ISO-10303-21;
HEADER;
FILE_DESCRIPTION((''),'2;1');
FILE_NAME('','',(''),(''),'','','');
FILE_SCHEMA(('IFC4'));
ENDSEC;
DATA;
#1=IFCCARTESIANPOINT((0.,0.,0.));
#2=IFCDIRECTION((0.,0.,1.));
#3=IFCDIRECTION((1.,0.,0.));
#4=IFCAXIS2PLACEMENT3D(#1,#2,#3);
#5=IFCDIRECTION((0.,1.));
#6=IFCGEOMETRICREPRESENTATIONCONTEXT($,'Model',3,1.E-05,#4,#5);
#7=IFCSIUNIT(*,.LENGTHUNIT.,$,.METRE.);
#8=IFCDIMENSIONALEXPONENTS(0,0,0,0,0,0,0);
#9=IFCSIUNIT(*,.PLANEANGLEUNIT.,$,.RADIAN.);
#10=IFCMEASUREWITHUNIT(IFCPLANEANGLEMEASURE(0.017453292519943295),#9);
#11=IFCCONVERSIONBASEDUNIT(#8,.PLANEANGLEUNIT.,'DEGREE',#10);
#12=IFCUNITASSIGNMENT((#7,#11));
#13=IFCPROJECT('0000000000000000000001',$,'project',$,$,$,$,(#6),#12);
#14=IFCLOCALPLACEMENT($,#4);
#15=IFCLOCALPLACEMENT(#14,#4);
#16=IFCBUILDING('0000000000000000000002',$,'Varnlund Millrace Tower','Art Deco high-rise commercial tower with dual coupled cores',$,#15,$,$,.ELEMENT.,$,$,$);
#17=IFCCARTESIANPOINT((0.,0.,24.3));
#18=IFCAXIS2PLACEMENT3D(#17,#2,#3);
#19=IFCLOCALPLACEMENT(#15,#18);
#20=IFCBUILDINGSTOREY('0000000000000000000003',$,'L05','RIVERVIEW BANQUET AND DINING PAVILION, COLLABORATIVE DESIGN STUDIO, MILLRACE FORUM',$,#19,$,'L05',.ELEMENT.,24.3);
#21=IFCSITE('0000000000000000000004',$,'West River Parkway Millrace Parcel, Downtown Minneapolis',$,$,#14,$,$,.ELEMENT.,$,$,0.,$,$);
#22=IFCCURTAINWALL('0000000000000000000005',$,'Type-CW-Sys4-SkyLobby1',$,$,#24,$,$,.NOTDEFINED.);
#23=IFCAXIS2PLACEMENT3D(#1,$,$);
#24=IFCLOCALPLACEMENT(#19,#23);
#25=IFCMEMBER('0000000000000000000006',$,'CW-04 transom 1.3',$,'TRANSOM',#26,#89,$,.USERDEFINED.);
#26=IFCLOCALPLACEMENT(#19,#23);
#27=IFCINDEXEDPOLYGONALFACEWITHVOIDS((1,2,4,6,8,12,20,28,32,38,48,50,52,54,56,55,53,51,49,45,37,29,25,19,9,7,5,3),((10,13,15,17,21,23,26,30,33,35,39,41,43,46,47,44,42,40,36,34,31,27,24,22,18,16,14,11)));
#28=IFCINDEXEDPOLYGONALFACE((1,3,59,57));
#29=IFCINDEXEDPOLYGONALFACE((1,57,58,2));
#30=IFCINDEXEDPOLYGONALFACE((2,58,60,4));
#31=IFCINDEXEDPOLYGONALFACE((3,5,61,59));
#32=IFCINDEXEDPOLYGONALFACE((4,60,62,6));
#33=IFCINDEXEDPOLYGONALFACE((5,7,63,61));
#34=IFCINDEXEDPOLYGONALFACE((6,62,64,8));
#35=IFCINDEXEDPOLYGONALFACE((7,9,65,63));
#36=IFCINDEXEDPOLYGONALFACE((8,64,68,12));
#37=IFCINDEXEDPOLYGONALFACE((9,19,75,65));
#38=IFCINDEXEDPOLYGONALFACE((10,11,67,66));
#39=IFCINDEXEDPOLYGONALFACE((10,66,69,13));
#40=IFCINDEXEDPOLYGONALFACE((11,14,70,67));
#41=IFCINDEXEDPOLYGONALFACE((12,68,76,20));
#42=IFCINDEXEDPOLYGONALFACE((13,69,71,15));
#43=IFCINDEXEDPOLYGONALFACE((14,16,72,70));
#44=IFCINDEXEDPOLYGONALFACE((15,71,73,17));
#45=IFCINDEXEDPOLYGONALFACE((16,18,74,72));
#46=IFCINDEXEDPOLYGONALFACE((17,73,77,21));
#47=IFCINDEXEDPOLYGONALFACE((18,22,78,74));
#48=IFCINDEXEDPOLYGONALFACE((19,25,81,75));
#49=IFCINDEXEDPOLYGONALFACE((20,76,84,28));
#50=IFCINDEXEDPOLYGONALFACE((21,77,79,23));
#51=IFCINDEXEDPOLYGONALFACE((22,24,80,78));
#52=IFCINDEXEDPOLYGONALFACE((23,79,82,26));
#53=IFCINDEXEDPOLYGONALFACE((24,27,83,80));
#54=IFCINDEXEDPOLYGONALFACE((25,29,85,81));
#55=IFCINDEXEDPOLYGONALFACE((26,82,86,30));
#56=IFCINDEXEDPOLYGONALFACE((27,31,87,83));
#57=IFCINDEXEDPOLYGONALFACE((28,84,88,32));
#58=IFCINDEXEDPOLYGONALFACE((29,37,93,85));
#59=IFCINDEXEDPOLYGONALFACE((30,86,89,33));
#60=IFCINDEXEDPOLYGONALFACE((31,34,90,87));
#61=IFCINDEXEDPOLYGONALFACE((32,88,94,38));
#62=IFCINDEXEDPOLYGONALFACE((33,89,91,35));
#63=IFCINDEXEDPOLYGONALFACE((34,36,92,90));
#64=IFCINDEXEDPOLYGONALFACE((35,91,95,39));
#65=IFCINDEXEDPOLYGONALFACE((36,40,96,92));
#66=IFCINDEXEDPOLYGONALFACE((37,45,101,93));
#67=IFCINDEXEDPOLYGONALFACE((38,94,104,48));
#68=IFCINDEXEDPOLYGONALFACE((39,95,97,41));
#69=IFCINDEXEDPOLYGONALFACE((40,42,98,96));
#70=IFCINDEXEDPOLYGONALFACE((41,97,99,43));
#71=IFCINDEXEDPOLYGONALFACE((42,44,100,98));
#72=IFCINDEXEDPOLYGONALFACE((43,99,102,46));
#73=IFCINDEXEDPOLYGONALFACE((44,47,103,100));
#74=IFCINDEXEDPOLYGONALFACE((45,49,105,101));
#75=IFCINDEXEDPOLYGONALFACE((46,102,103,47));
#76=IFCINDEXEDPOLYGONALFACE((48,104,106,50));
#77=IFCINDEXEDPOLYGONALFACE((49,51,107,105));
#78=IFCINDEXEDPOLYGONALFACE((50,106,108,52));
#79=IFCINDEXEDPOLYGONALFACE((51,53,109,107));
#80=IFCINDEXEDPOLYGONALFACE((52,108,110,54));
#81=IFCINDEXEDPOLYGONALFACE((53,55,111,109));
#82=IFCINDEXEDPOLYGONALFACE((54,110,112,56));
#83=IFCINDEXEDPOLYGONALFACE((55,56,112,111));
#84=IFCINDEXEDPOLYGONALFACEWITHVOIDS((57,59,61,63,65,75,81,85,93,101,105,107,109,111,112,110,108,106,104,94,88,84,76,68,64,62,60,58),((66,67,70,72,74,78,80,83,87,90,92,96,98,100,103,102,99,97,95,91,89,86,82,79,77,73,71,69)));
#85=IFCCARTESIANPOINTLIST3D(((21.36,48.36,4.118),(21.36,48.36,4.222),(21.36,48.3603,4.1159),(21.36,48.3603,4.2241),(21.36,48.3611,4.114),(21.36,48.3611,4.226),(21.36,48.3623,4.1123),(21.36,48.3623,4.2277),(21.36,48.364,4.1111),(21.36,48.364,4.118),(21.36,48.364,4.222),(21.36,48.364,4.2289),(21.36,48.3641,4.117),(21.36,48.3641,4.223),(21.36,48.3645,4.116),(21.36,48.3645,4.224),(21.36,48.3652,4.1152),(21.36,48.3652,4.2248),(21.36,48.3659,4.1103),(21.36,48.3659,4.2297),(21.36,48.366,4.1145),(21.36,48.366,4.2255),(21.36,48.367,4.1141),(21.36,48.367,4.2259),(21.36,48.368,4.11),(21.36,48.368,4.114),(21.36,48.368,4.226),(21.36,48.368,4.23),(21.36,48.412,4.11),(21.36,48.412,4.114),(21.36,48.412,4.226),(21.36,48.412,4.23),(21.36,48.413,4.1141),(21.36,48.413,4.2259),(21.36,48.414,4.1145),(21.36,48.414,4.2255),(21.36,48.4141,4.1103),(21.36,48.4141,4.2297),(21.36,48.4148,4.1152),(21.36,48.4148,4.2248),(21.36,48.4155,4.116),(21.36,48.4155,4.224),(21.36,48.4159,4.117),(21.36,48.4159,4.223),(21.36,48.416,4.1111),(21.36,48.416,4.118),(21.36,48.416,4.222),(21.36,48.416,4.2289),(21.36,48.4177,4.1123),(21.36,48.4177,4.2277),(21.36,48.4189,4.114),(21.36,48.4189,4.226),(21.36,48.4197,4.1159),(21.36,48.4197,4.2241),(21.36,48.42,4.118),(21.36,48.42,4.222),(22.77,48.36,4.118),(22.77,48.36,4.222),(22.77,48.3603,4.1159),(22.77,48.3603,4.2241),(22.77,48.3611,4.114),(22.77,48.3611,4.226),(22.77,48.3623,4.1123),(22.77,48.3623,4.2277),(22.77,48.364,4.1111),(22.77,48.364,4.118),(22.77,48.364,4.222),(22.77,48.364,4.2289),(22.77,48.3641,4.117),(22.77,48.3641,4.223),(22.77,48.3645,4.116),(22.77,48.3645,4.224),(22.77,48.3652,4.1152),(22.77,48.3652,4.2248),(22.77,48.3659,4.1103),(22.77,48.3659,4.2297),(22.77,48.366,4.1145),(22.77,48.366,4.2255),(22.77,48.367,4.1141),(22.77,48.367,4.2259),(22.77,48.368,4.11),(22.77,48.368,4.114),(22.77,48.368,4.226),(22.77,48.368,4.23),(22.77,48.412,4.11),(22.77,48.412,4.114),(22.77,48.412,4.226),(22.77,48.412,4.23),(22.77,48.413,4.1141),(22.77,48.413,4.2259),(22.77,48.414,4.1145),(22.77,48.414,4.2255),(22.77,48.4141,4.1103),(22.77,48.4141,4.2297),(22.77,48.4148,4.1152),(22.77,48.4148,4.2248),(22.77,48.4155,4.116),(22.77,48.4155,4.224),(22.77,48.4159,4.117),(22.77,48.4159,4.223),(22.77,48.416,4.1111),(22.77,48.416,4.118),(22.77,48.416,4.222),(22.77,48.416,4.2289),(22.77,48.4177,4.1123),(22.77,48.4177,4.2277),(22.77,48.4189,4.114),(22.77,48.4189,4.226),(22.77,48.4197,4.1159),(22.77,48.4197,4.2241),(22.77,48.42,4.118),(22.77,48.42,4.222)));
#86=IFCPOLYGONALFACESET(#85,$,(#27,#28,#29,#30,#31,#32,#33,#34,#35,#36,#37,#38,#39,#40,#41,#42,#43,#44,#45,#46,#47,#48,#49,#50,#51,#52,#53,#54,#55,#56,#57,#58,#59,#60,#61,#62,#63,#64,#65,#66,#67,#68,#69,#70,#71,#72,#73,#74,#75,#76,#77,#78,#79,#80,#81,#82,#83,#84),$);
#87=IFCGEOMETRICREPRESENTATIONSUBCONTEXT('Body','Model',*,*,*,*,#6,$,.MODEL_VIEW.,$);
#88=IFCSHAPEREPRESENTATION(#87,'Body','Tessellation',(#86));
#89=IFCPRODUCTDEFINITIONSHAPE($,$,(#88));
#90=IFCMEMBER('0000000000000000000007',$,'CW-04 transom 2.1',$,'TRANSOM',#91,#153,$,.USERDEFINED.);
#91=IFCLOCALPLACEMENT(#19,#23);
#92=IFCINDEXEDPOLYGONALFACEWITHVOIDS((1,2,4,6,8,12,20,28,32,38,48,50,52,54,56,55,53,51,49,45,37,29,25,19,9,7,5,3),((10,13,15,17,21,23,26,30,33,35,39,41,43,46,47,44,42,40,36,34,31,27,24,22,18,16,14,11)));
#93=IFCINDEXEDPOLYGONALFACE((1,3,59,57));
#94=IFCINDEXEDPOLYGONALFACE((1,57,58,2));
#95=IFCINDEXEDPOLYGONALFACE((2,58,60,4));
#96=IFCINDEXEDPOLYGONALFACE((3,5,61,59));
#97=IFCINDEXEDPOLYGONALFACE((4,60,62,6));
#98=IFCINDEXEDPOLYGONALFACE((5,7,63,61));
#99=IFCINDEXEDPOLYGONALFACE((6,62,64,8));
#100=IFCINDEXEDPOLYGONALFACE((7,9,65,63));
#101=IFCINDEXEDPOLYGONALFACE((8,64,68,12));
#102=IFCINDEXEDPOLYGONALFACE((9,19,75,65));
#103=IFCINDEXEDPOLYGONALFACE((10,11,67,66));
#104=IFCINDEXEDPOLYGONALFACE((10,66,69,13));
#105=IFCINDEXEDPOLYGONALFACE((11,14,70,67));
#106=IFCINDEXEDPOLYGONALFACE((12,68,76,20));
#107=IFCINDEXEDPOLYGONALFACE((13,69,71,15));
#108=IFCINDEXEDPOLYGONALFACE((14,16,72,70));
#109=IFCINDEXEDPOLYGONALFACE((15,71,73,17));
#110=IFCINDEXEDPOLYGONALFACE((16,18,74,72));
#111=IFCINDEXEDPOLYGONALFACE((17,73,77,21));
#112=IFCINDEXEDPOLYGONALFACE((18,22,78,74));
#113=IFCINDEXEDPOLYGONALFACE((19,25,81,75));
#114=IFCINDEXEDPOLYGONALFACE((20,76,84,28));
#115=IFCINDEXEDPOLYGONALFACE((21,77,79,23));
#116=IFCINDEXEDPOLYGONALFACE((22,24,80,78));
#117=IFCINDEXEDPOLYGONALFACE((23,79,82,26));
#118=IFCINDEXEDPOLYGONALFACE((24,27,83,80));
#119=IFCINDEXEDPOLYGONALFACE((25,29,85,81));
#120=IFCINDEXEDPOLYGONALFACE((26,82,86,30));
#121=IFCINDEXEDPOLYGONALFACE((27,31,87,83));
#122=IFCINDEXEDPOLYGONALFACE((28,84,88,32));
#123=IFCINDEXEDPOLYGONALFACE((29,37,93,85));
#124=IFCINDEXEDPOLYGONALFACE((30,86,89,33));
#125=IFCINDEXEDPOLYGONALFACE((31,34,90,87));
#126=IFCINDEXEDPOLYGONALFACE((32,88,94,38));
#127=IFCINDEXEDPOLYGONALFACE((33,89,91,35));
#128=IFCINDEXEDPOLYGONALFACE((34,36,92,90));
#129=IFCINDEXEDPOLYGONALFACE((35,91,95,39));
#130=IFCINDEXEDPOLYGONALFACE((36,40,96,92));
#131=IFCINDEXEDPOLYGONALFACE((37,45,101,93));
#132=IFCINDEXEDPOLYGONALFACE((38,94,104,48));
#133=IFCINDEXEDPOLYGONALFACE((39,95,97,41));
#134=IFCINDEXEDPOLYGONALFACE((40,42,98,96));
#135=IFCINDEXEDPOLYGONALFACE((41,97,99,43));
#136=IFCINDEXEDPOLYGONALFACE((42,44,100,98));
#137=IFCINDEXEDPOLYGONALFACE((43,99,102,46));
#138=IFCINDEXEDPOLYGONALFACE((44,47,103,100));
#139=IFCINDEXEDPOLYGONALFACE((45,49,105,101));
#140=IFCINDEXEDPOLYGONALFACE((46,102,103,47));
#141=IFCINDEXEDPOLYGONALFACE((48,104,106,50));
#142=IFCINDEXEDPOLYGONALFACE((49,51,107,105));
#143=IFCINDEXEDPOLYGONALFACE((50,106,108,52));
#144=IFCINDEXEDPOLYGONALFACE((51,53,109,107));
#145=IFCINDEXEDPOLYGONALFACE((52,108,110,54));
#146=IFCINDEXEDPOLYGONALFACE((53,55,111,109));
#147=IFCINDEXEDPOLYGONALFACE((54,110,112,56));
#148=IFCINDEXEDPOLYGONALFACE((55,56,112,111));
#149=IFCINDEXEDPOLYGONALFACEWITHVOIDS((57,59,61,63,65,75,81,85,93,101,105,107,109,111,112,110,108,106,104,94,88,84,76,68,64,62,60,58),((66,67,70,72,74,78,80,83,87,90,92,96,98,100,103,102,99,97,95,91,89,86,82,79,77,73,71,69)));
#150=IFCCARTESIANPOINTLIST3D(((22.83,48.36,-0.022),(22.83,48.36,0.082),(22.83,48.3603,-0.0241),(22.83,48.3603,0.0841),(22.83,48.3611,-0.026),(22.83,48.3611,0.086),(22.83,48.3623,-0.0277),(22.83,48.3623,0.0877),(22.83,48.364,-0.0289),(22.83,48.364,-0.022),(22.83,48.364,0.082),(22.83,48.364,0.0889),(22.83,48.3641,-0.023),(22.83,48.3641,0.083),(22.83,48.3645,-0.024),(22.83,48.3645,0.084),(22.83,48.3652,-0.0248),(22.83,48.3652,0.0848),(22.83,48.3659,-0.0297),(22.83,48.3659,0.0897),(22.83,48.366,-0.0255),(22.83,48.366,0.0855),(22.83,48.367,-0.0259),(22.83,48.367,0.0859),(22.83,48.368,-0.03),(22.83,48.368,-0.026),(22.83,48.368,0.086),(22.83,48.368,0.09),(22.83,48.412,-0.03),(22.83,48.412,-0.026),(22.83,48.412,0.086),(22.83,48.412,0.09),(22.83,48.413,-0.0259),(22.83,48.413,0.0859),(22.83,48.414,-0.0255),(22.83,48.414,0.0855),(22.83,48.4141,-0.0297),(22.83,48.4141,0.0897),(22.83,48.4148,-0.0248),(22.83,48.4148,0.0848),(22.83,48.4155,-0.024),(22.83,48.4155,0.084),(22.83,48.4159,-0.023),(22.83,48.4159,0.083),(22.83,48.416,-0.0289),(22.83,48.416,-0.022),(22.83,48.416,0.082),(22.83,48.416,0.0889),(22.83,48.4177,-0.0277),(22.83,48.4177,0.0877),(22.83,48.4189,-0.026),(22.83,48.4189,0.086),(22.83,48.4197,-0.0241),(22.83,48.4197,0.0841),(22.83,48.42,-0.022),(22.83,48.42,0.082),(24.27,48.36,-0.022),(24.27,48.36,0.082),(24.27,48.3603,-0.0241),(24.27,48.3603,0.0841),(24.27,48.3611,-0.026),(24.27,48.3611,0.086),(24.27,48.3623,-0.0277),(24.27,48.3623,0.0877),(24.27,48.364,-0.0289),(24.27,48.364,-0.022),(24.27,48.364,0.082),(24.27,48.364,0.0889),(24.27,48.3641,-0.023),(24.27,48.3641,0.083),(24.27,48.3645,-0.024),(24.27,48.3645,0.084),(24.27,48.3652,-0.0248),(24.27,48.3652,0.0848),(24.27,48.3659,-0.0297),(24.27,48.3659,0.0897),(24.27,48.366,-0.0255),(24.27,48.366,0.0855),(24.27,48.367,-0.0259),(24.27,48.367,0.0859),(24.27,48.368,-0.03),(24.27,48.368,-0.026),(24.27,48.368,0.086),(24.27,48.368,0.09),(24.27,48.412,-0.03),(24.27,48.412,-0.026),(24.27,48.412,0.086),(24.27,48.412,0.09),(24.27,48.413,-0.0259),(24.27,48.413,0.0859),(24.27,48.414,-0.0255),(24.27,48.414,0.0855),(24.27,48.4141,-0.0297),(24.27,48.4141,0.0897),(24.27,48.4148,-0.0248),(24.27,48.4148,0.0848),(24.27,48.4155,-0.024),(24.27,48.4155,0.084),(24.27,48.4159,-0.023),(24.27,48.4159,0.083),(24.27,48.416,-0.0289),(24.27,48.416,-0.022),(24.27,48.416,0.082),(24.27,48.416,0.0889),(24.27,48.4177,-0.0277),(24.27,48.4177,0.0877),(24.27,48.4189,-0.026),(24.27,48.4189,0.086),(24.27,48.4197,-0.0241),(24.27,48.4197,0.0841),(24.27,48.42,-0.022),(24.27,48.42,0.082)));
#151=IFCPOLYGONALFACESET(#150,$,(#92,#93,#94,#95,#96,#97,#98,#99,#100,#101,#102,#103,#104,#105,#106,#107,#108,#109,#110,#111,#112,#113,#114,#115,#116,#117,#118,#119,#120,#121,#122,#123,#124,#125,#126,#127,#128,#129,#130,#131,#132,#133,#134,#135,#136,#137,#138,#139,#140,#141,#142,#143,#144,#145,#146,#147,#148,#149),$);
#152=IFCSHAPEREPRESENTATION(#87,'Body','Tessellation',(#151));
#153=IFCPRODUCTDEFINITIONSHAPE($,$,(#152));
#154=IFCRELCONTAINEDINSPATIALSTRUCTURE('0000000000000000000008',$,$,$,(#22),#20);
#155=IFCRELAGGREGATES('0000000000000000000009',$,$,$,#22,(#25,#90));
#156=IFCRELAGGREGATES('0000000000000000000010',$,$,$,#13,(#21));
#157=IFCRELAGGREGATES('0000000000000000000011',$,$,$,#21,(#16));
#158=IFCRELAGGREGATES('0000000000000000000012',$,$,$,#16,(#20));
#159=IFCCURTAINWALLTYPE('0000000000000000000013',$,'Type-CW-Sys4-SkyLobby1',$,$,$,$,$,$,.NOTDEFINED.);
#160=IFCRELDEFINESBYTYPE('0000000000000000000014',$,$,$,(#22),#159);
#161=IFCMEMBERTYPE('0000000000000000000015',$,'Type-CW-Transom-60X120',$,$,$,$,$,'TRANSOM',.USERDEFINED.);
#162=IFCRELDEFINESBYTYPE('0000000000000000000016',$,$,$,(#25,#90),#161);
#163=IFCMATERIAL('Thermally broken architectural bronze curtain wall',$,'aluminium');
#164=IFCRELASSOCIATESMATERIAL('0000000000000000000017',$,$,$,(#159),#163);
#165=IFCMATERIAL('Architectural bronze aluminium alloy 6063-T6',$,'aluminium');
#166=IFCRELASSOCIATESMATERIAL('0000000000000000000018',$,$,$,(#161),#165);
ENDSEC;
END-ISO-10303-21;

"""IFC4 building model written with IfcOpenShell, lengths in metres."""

from ifc_helpers import new_model, entity, si_unit, converted_unit, direction, frame, origin_with_axes, origin_2d_with_axis, place, context, subcontext, project, spatial, hollow_rectangle, extrude, material, material_profile, profile_set, type_object, element, aggregate, save


model = new_model("IFC4")

# Units and contexts
model_context = context("Model", 3, precision=1e-05, world=origin_with_axes(), true_north=direction((0.0, 1.0)))
body_context = subcontext(model_context, "Body", "Model", "MODEL_VIEW")
ifc_project = project(units=[si_unit("LENGTHUNIT", "METRE"), converted_unit("PLANEANGLEUNIT", "DEGREE", entity("IfcPlaneAngleMeasure", 0.017453292519943295), si_unit("PLANEANGLEUNIT", "RADIAN"), dimensions=[0, 0, 0, 0, 0, 0, 0])], contexts=[model_context])

# Site, building, storey
site_placement = place(None, origin_with_axes())
site = spatial("IfcSite", under=ifc_project, at=site_placement, Name="West River Parkway Millrace Parcel, Downtown Minneapolis", CompositionType="ELEMENT", RefElevation=0.0)
building_placement = place(site_placement, origin_with_axes())
building = spatial("IfcBuilding", under=site, at=building_placement, Name="Varnlund Millrace Tower", Description="Art Deco high-rise commercial tower with dual coupled cores", CompositionType="ELEMENT")
storey_placement = place(building_placement, frame((0.0, 0.0, 24.3), z_axis=(0.0, 0.0, 1.0), x_axis=(1.0, 0.0, 0.0)))
storey = spatial("IfcBuildingStorey", under=building, at=storey_placement, Name="L05", Description="RIVERVIEW BANQUET AND DINING PAVILION, COLLABORATIVE DESIGN STUDIO, MILLRACE FORUM", LongName="L05", CompositionType="ELEMENT", Elevation=24.3)

# Curtain wall, members
ifc_material_1 = material(Name="Thermally broken architectural bronze curtain wall", Category="aluminium")
curtain_wall_type = type_object("IfcCurtainWallType", Name="Type-CW-Sys4-SkyLobby1", PredefinedType="NOTDEFINED", material=ifc_material_1)
curtain_wall_placement = place(storey_placement, frame((21.3, 48.39, 0.0), z_axis=(0.0, 0.0, 1.0), x_axis=(1.0, 0.0, 0.0)))
curtain_wall = element("IfcCurtainWall", 1, at=curtain_wall_placement, inside=storey, type_object=curtain_wall_type, Name="Type-CW-Sys4-SkyLobby1", PredefinedType="NOTDEFINED")
ifc_material_2 = material(Name="Architectural bronze aluminium alloy 6063-T6", Category="aluminium")
ifc_material_profile_1 = material_profile(ifc_material_2, hollow_rectangle(XDim=0.06, YDim=0.12, WallThickness=0.004, InnerFilletRadius=0.004, OuterFilletRadius=0.008, at=origin_2d_with_axis()), Name="Architectural bronze aluminium alloy 6063-T6")
ifc_profile_set_1 = profile_set([ifc_material_profile_1], Name="Architectural bronze aluminium alloy 6063-T6")
member_type_1 = type_object("IfcMemberType", Name="Type-CW-Transom-60X120", ElementType="TRANSOM", PredefinedType="USERDEFINED", material=ifc_profile_set_1)
member_1_placement = place(storey_placement, frame((21.36, 48.39, 4.17), z_axis=(1.0, 0.0, 0.0), x_axis=(0.0, 1.0, 0.0)))
member_1 = element("IfcMember", 2, at=member_1_placement, type_object=member_type_1, Name="CW-04 transom 1.3", ObjectType="TRANSOM", PredefinedType="USERDEFINED", context=body_context, shape_type="SweptSolid", body=[
    extrude(hollow_rectangle(XDim=0.06, YDim=0.12, WallThickness=0.004, InnerFilletRadius=0.004, OuterFilletRadius=0.008, at=origin_2d_with_axis()), origin_with_axes(), (0.0, 0.0, 1.0), 1.41),
])
member_2_placement = place(storey_placement, frame((22.83, 48.39, 0.03), z_axis=(1.0, 0.0, 0.0), x_axis=(0.0, 1.0, 0.0)))
member_2 = element("IfcMember", 3, at=member_2_placement, type_object=member_type_1, Name="CW-04 transom 2.1", ObjectType="TRANSOM", PredefinedType="USERDEFINED", context=body_context, shape_type="SweptSolid", body=[
    extrude(hollow_rectangle(XDim=0.06, YDim=0.12, WallThickness=0.004, InnerFilletRadius=0.004, OuterFilletRadius=0.008, at=origin_2d_with_axis()), origin_with_axes(), (0.0, 0.0, 1.0), 1.44),
])

aggregate(curtain_wall, [member_1, member_2])

save(model, "model.ifc")
